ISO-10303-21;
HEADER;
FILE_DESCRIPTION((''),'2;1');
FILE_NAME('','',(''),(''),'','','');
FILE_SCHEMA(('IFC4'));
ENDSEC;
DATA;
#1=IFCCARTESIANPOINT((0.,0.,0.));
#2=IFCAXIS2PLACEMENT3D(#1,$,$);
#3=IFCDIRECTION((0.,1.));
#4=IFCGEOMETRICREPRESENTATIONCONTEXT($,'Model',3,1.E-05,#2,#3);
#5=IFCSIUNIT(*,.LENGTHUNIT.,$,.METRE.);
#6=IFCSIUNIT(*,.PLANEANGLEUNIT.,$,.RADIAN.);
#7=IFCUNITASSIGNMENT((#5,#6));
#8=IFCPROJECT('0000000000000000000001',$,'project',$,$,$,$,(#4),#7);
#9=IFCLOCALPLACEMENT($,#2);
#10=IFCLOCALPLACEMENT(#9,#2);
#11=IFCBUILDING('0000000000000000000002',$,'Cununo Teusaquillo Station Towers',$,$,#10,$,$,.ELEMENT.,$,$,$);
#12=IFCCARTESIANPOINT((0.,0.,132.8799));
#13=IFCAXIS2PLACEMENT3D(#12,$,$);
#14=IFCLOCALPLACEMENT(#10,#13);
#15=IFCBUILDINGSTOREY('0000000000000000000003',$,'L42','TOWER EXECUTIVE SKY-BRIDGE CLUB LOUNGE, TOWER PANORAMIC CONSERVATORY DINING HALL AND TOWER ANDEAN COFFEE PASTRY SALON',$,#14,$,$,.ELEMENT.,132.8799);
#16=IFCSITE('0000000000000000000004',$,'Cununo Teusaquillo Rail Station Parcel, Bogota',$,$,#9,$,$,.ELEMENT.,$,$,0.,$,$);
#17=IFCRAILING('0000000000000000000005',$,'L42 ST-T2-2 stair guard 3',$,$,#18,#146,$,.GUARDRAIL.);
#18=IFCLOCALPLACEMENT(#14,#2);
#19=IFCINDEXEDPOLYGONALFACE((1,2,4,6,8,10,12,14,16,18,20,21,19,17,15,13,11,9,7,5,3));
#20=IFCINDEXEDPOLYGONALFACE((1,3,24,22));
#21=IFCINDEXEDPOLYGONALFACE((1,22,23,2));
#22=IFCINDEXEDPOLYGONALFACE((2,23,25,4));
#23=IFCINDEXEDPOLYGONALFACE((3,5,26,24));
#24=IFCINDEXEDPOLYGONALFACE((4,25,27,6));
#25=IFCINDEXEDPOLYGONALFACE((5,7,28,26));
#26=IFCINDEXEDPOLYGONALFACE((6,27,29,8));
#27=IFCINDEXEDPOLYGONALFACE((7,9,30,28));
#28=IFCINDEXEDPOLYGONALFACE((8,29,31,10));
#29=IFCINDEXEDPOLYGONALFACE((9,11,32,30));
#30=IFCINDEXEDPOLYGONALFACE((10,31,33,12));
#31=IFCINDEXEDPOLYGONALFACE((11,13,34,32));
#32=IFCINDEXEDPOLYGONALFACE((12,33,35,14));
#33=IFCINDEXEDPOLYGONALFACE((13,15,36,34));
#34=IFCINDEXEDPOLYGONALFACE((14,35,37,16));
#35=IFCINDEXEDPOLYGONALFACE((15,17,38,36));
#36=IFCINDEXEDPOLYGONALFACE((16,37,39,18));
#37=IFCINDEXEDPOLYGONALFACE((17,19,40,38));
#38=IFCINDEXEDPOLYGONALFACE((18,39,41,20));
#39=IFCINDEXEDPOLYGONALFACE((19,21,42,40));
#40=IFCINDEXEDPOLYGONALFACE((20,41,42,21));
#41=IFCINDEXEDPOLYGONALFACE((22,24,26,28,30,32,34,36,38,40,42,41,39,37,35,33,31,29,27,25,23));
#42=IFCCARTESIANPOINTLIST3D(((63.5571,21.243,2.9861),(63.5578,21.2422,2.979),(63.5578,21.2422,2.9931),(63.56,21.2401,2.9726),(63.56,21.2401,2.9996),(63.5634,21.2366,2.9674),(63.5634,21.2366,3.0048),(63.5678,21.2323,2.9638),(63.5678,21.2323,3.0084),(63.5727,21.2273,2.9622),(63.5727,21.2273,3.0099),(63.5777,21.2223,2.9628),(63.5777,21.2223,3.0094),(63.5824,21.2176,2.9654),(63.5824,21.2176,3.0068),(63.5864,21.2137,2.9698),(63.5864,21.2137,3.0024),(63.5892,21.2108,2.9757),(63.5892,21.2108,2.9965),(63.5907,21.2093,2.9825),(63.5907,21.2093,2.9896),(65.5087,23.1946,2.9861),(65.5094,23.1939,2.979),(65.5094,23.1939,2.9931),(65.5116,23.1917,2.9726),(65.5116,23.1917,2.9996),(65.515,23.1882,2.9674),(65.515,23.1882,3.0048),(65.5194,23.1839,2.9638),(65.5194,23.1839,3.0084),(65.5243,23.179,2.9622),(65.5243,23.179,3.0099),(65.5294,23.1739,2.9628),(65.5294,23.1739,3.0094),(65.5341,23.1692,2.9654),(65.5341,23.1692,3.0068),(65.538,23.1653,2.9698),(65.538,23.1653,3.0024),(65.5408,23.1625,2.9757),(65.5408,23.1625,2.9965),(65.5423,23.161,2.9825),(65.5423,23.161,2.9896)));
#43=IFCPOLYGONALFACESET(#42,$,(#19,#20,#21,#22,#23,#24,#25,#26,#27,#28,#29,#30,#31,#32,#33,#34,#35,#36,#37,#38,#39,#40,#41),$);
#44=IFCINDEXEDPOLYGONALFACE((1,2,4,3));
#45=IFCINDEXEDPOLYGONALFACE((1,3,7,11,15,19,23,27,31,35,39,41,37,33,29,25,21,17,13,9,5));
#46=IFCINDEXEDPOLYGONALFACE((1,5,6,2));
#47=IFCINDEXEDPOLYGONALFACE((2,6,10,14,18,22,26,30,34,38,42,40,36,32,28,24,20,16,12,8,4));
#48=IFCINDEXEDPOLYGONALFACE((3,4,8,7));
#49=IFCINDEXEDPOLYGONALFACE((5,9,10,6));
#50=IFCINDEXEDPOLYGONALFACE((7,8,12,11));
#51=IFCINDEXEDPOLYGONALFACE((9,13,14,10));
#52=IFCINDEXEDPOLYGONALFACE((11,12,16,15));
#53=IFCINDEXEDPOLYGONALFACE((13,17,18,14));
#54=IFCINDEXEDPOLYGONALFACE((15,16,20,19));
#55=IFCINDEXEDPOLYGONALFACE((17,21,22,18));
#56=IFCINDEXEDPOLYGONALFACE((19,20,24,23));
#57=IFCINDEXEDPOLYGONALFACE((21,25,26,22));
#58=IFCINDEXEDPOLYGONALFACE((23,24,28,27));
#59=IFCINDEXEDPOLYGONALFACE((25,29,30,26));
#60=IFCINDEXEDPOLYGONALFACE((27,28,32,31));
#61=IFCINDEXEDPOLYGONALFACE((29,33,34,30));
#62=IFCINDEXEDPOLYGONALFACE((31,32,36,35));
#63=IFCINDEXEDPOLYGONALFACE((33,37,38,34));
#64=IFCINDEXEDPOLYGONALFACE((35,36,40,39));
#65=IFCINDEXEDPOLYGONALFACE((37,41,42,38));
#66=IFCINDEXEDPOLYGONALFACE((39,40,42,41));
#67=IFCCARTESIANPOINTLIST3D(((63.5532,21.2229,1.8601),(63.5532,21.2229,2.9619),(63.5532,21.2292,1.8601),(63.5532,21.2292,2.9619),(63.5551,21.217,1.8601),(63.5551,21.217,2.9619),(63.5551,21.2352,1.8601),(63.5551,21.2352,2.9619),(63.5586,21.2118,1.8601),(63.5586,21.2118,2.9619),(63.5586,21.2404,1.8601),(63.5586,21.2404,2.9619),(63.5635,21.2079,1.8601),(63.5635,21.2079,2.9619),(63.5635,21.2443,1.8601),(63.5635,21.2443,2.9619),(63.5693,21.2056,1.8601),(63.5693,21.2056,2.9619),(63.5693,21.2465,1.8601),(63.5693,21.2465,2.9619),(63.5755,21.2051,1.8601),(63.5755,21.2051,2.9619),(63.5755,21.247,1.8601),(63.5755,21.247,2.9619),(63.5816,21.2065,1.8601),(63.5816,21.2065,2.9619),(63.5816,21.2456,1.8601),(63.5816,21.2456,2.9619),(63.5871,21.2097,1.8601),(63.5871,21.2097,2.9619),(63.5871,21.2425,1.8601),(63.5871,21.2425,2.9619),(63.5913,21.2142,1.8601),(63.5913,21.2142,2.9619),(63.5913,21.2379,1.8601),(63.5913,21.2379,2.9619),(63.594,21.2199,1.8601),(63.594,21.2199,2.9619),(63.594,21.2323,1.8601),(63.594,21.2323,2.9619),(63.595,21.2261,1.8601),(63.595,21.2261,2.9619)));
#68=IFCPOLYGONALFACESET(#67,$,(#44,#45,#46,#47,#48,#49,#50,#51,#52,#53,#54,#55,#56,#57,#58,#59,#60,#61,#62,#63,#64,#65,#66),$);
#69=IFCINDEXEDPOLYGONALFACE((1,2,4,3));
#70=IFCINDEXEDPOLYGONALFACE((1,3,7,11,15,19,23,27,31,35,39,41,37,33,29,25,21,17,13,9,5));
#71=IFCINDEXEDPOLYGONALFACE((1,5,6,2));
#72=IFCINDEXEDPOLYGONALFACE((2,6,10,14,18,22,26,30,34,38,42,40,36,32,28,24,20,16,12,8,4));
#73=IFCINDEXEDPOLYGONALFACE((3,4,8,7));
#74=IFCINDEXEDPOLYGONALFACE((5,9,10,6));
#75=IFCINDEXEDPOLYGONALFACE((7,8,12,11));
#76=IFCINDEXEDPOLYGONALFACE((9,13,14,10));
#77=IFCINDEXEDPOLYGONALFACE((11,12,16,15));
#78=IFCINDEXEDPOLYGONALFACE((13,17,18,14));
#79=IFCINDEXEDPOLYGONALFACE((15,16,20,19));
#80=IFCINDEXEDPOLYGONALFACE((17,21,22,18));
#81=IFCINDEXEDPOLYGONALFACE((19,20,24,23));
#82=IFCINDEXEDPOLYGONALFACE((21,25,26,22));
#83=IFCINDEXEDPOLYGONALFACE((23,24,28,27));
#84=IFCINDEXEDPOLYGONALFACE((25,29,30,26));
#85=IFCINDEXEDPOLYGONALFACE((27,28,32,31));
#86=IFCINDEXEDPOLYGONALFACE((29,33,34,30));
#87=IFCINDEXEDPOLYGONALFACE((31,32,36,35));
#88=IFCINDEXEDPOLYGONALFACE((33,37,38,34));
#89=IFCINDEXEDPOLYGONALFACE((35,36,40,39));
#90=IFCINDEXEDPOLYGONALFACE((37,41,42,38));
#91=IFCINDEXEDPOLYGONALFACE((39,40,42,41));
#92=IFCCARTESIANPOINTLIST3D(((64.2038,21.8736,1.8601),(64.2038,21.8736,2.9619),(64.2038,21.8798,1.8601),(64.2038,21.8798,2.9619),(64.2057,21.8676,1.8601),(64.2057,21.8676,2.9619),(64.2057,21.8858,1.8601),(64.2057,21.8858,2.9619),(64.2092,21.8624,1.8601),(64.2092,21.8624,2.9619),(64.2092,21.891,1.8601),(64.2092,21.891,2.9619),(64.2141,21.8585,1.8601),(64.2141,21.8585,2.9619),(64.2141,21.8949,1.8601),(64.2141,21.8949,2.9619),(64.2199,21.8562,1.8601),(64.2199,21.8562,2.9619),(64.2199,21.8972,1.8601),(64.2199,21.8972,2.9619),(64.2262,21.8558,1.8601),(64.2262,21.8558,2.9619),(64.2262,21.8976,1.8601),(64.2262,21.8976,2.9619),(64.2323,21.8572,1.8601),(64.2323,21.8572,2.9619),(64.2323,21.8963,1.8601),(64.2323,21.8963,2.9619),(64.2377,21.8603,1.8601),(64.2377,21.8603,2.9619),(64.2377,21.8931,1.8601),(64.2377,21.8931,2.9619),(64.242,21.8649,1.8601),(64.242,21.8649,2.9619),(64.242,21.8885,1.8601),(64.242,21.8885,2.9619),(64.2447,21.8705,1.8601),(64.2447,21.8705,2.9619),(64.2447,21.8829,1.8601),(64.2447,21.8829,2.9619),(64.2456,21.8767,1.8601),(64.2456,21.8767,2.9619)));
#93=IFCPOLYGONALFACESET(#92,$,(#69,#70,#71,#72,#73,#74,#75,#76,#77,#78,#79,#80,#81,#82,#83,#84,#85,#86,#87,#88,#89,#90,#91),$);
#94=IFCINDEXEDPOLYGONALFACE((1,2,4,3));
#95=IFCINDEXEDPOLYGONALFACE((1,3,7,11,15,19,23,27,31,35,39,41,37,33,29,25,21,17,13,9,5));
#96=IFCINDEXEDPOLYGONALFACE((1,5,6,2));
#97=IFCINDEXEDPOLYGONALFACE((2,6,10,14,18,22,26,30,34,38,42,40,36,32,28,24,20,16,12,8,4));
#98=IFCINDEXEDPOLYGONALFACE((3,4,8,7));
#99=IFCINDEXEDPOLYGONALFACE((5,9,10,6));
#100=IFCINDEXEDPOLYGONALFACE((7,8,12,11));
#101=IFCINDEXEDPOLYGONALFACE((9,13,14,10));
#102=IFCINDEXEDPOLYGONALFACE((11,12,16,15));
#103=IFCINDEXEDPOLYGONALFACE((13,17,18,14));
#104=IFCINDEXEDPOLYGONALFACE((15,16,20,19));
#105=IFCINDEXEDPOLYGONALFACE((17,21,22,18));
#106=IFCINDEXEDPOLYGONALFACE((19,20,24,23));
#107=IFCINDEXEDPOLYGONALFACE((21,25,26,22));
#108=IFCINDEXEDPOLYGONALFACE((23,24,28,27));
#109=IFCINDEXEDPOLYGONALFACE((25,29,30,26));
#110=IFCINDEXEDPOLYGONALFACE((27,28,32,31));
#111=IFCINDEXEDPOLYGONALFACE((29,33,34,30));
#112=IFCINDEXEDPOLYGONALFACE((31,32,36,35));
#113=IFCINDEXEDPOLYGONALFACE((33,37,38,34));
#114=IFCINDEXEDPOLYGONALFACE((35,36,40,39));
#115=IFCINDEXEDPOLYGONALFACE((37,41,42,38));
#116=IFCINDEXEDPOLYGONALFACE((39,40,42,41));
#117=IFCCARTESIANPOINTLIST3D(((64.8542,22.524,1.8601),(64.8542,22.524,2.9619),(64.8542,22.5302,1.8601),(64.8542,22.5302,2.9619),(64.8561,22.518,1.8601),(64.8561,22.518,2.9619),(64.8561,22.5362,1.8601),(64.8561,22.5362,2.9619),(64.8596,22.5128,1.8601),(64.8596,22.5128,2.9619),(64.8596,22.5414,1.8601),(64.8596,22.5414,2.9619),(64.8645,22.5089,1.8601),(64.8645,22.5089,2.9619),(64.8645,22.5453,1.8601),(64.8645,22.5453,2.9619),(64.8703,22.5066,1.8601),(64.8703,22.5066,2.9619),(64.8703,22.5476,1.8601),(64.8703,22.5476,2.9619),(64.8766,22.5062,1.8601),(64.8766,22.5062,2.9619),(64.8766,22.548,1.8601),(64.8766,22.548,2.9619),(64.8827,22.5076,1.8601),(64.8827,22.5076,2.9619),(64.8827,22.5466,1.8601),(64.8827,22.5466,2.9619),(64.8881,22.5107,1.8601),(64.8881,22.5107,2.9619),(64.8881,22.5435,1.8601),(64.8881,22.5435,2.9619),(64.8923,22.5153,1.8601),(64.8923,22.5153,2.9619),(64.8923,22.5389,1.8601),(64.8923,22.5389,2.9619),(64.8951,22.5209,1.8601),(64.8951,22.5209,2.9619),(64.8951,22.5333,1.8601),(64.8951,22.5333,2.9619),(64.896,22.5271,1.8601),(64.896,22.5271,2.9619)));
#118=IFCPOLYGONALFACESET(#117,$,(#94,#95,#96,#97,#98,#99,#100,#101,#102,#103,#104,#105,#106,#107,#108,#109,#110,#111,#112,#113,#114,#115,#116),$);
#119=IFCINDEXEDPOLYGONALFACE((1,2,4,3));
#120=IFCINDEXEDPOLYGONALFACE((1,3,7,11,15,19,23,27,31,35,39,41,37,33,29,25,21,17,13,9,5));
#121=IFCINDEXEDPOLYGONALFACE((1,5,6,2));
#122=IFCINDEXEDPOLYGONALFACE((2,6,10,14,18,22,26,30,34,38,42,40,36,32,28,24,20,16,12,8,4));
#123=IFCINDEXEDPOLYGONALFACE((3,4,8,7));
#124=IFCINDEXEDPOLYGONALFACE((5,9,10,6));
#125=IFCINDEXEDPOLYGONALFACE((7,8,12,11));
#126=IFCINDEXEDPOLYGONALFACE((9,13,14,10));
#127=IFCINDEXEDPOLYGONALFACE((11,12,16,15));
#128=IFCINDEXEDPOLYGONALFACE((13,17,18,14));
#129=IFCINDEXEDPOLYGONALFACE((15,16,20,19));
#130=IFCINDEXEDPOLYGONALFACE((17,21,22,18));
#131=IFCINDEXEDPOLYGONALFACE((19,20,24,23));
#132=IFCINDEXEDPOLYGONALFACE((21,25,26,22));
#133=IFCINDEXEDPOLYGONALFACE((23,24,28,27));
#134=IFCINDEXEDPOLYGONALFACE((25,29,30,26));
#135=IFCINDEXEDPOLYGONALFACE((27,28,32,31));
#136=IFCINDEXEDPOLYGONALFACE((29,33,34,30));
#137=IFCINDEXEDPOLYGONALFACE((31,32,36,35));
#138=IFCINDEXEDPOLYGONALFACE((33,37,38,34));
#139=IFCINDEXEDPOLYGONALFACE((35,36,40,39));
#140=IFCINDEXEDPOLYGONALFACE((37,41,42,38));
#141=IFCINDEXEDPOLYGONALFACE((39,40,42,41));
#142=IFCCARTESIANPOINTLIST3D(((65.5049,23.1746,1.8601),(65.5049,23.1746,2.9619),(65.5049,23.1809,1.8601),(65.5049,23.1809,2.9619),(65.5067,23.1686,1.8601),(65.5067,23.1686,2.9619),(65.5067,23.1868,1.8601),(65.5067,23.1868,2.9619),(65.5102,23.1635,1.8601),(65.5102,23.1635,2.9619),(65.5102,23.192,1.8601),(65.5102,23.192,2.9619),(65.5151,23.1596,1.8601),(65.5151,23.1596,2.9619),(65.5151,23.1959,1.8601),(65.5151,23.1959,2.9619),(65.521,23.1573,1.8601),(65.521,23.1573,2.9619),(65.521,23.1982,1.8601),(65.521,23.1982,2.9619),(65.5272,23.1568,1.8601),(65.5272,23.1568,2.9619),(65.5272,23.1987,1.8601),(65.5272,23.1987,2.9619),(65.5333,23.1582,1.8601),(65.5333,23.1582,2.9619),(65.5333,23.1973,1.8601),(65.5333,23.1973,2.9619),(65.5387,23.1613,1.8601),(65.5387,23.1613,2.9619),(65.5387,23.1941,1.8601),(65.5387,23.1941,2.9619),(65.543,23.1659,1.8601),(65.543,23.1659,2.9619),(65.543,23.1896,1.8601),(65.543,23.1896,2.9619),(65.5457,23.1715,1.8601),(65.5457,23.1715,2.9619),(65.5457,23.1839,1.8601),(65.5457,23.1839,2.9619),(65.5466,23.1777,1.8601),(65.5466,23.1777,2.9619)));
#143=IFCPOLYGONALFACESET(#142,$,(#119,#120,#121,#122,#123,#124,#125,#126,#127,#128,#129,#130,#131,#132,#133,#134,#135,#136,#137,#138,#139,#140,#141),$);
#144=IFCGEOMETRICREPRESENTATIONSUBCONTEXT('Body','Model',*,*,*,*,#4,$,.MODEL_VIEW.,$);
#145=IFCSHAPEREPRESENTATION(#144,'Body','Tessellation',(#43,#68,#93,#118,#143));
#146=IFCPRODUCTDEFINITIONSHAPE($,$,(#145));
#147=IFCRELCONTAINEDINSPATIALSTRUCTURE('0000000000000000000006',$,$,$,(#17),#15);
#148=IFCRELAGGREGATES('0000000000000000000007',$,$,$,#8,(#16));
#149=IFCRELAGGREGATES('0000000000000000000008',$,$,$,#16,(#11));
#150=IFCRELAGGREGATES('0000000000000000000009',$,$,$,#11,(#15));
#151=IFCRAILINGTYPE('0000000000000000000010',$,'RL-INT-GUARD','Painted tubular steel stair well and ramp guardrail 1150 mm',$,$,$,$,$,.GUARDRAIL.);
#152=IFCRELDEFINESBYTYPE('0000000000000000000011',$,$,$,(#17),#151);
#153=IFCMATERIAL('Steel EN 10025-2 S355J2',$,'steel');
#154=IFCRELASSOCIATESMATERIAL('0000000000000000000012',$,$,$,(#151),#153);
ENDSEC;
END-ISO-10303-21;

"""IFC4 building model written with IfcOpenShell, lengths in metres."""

from ifc_helpers import new_model, si_unit, direction, frame, origin, origin_2d, place, context, subcontext, project, spatial, circle, extrude, material, type_object, element, save


model = new_model("IFC4")

# Units and contexts
model_context = context("Model", 3, precision=1e-05, world=origin(), true_north=direction((0.0, 1.0)))
body_context = subcontext(model_context, "Body", "Model", "MODEL_VIEW")
ifc_project = project(units=[si_unit("LENGTHUNIT", "METRE"), si_unit("PLANEANGLEUNIT", "RADIAN")], contexts=[model_context])

# Site, building, storey
site_placement = place(None, origin())
site = spatial("IfcSite", under=ifc_project, at=site_placement, Name="Cununo Teusaquillo Rail Station Parcel, Bogota", CompositionType="ELEMENT", RefElevation=0.0)
building_placement = place(site_placement, origin())
building = spatial("IfcBuilding", under=site, at=building_placement, Name="Cununo Teusaquillo Station Towers", CompositionType="ELEMENT")
storey_placement = place(building_placement, frame((0.0, 0.0, 132.8799)))
storey = spatial("IfcBuildingStorey", under=building, at=storey_placement, Name="L42", Description="TOWER EXECUTIVE SKY-BRIDGE CLUB LOUNGE, TOWER PANORAMIC CONSERVATORY DINING HALL AND TOWER ANDEAN COFFEE PASTRY SALON", CompositionType="ELEMENT", Elevation=132.8799)

# Railing
ifc_material_1 = material(Name="Steel EN 10025-2 S355J2", Category="steel")
railing_type = type_object("IfcRailingType", Name="RL-INT-GUARD", Description="Painted tubular steel stair well and ramp guardrail 1150 mm", PredefinedType="GUARDRAIL", material=ifc_material_1)
railing_placement = place(storey_placement, frame((63.574, 21.2261, 1.8601)))
element("IfcRailing", 1, at=railing_placement, inside=storey, type_object=railing_type, Name="L42 ST-T2-2 stair guard 3", PredefinedType="GUARDRAIL", context=body_context, shape_type="SweptSolid", body=[
    extrude(circle(Radius=0.0239, at=origin_2d()), frame((0.0, 0.0, 1.126), z_axis=(0.707107, 0.707107, 0.0), x_axis=(-0.707107, 0.707107, 0.0)), (0.0, 0.0, 1.0), 2.76),
    extrude(circle(Radius=0.021, at=origin_2d()), origin(), (0.0, 0.0, 1.0), 1.1018),
    extrude(circle(Radius=0.021, at=origin_2d()), frame((0.6506, 0.6506, 0.0)), (0.0, 0.0, 1.0), 1.1018),
    extrude(circle(Radius=0.021, at=origin_2d()), frame((1.301, 1.301, 0.0)), (0.0, 0.0, 1.0), 1.1018),
    extrude(circle(Radius=0.021, at=origin_2d()), frame((1.9517, 1.9517, 0.0)), (0.0, 0.0, 1.0), 1.1018),
])

save(model, "model.ifc")
